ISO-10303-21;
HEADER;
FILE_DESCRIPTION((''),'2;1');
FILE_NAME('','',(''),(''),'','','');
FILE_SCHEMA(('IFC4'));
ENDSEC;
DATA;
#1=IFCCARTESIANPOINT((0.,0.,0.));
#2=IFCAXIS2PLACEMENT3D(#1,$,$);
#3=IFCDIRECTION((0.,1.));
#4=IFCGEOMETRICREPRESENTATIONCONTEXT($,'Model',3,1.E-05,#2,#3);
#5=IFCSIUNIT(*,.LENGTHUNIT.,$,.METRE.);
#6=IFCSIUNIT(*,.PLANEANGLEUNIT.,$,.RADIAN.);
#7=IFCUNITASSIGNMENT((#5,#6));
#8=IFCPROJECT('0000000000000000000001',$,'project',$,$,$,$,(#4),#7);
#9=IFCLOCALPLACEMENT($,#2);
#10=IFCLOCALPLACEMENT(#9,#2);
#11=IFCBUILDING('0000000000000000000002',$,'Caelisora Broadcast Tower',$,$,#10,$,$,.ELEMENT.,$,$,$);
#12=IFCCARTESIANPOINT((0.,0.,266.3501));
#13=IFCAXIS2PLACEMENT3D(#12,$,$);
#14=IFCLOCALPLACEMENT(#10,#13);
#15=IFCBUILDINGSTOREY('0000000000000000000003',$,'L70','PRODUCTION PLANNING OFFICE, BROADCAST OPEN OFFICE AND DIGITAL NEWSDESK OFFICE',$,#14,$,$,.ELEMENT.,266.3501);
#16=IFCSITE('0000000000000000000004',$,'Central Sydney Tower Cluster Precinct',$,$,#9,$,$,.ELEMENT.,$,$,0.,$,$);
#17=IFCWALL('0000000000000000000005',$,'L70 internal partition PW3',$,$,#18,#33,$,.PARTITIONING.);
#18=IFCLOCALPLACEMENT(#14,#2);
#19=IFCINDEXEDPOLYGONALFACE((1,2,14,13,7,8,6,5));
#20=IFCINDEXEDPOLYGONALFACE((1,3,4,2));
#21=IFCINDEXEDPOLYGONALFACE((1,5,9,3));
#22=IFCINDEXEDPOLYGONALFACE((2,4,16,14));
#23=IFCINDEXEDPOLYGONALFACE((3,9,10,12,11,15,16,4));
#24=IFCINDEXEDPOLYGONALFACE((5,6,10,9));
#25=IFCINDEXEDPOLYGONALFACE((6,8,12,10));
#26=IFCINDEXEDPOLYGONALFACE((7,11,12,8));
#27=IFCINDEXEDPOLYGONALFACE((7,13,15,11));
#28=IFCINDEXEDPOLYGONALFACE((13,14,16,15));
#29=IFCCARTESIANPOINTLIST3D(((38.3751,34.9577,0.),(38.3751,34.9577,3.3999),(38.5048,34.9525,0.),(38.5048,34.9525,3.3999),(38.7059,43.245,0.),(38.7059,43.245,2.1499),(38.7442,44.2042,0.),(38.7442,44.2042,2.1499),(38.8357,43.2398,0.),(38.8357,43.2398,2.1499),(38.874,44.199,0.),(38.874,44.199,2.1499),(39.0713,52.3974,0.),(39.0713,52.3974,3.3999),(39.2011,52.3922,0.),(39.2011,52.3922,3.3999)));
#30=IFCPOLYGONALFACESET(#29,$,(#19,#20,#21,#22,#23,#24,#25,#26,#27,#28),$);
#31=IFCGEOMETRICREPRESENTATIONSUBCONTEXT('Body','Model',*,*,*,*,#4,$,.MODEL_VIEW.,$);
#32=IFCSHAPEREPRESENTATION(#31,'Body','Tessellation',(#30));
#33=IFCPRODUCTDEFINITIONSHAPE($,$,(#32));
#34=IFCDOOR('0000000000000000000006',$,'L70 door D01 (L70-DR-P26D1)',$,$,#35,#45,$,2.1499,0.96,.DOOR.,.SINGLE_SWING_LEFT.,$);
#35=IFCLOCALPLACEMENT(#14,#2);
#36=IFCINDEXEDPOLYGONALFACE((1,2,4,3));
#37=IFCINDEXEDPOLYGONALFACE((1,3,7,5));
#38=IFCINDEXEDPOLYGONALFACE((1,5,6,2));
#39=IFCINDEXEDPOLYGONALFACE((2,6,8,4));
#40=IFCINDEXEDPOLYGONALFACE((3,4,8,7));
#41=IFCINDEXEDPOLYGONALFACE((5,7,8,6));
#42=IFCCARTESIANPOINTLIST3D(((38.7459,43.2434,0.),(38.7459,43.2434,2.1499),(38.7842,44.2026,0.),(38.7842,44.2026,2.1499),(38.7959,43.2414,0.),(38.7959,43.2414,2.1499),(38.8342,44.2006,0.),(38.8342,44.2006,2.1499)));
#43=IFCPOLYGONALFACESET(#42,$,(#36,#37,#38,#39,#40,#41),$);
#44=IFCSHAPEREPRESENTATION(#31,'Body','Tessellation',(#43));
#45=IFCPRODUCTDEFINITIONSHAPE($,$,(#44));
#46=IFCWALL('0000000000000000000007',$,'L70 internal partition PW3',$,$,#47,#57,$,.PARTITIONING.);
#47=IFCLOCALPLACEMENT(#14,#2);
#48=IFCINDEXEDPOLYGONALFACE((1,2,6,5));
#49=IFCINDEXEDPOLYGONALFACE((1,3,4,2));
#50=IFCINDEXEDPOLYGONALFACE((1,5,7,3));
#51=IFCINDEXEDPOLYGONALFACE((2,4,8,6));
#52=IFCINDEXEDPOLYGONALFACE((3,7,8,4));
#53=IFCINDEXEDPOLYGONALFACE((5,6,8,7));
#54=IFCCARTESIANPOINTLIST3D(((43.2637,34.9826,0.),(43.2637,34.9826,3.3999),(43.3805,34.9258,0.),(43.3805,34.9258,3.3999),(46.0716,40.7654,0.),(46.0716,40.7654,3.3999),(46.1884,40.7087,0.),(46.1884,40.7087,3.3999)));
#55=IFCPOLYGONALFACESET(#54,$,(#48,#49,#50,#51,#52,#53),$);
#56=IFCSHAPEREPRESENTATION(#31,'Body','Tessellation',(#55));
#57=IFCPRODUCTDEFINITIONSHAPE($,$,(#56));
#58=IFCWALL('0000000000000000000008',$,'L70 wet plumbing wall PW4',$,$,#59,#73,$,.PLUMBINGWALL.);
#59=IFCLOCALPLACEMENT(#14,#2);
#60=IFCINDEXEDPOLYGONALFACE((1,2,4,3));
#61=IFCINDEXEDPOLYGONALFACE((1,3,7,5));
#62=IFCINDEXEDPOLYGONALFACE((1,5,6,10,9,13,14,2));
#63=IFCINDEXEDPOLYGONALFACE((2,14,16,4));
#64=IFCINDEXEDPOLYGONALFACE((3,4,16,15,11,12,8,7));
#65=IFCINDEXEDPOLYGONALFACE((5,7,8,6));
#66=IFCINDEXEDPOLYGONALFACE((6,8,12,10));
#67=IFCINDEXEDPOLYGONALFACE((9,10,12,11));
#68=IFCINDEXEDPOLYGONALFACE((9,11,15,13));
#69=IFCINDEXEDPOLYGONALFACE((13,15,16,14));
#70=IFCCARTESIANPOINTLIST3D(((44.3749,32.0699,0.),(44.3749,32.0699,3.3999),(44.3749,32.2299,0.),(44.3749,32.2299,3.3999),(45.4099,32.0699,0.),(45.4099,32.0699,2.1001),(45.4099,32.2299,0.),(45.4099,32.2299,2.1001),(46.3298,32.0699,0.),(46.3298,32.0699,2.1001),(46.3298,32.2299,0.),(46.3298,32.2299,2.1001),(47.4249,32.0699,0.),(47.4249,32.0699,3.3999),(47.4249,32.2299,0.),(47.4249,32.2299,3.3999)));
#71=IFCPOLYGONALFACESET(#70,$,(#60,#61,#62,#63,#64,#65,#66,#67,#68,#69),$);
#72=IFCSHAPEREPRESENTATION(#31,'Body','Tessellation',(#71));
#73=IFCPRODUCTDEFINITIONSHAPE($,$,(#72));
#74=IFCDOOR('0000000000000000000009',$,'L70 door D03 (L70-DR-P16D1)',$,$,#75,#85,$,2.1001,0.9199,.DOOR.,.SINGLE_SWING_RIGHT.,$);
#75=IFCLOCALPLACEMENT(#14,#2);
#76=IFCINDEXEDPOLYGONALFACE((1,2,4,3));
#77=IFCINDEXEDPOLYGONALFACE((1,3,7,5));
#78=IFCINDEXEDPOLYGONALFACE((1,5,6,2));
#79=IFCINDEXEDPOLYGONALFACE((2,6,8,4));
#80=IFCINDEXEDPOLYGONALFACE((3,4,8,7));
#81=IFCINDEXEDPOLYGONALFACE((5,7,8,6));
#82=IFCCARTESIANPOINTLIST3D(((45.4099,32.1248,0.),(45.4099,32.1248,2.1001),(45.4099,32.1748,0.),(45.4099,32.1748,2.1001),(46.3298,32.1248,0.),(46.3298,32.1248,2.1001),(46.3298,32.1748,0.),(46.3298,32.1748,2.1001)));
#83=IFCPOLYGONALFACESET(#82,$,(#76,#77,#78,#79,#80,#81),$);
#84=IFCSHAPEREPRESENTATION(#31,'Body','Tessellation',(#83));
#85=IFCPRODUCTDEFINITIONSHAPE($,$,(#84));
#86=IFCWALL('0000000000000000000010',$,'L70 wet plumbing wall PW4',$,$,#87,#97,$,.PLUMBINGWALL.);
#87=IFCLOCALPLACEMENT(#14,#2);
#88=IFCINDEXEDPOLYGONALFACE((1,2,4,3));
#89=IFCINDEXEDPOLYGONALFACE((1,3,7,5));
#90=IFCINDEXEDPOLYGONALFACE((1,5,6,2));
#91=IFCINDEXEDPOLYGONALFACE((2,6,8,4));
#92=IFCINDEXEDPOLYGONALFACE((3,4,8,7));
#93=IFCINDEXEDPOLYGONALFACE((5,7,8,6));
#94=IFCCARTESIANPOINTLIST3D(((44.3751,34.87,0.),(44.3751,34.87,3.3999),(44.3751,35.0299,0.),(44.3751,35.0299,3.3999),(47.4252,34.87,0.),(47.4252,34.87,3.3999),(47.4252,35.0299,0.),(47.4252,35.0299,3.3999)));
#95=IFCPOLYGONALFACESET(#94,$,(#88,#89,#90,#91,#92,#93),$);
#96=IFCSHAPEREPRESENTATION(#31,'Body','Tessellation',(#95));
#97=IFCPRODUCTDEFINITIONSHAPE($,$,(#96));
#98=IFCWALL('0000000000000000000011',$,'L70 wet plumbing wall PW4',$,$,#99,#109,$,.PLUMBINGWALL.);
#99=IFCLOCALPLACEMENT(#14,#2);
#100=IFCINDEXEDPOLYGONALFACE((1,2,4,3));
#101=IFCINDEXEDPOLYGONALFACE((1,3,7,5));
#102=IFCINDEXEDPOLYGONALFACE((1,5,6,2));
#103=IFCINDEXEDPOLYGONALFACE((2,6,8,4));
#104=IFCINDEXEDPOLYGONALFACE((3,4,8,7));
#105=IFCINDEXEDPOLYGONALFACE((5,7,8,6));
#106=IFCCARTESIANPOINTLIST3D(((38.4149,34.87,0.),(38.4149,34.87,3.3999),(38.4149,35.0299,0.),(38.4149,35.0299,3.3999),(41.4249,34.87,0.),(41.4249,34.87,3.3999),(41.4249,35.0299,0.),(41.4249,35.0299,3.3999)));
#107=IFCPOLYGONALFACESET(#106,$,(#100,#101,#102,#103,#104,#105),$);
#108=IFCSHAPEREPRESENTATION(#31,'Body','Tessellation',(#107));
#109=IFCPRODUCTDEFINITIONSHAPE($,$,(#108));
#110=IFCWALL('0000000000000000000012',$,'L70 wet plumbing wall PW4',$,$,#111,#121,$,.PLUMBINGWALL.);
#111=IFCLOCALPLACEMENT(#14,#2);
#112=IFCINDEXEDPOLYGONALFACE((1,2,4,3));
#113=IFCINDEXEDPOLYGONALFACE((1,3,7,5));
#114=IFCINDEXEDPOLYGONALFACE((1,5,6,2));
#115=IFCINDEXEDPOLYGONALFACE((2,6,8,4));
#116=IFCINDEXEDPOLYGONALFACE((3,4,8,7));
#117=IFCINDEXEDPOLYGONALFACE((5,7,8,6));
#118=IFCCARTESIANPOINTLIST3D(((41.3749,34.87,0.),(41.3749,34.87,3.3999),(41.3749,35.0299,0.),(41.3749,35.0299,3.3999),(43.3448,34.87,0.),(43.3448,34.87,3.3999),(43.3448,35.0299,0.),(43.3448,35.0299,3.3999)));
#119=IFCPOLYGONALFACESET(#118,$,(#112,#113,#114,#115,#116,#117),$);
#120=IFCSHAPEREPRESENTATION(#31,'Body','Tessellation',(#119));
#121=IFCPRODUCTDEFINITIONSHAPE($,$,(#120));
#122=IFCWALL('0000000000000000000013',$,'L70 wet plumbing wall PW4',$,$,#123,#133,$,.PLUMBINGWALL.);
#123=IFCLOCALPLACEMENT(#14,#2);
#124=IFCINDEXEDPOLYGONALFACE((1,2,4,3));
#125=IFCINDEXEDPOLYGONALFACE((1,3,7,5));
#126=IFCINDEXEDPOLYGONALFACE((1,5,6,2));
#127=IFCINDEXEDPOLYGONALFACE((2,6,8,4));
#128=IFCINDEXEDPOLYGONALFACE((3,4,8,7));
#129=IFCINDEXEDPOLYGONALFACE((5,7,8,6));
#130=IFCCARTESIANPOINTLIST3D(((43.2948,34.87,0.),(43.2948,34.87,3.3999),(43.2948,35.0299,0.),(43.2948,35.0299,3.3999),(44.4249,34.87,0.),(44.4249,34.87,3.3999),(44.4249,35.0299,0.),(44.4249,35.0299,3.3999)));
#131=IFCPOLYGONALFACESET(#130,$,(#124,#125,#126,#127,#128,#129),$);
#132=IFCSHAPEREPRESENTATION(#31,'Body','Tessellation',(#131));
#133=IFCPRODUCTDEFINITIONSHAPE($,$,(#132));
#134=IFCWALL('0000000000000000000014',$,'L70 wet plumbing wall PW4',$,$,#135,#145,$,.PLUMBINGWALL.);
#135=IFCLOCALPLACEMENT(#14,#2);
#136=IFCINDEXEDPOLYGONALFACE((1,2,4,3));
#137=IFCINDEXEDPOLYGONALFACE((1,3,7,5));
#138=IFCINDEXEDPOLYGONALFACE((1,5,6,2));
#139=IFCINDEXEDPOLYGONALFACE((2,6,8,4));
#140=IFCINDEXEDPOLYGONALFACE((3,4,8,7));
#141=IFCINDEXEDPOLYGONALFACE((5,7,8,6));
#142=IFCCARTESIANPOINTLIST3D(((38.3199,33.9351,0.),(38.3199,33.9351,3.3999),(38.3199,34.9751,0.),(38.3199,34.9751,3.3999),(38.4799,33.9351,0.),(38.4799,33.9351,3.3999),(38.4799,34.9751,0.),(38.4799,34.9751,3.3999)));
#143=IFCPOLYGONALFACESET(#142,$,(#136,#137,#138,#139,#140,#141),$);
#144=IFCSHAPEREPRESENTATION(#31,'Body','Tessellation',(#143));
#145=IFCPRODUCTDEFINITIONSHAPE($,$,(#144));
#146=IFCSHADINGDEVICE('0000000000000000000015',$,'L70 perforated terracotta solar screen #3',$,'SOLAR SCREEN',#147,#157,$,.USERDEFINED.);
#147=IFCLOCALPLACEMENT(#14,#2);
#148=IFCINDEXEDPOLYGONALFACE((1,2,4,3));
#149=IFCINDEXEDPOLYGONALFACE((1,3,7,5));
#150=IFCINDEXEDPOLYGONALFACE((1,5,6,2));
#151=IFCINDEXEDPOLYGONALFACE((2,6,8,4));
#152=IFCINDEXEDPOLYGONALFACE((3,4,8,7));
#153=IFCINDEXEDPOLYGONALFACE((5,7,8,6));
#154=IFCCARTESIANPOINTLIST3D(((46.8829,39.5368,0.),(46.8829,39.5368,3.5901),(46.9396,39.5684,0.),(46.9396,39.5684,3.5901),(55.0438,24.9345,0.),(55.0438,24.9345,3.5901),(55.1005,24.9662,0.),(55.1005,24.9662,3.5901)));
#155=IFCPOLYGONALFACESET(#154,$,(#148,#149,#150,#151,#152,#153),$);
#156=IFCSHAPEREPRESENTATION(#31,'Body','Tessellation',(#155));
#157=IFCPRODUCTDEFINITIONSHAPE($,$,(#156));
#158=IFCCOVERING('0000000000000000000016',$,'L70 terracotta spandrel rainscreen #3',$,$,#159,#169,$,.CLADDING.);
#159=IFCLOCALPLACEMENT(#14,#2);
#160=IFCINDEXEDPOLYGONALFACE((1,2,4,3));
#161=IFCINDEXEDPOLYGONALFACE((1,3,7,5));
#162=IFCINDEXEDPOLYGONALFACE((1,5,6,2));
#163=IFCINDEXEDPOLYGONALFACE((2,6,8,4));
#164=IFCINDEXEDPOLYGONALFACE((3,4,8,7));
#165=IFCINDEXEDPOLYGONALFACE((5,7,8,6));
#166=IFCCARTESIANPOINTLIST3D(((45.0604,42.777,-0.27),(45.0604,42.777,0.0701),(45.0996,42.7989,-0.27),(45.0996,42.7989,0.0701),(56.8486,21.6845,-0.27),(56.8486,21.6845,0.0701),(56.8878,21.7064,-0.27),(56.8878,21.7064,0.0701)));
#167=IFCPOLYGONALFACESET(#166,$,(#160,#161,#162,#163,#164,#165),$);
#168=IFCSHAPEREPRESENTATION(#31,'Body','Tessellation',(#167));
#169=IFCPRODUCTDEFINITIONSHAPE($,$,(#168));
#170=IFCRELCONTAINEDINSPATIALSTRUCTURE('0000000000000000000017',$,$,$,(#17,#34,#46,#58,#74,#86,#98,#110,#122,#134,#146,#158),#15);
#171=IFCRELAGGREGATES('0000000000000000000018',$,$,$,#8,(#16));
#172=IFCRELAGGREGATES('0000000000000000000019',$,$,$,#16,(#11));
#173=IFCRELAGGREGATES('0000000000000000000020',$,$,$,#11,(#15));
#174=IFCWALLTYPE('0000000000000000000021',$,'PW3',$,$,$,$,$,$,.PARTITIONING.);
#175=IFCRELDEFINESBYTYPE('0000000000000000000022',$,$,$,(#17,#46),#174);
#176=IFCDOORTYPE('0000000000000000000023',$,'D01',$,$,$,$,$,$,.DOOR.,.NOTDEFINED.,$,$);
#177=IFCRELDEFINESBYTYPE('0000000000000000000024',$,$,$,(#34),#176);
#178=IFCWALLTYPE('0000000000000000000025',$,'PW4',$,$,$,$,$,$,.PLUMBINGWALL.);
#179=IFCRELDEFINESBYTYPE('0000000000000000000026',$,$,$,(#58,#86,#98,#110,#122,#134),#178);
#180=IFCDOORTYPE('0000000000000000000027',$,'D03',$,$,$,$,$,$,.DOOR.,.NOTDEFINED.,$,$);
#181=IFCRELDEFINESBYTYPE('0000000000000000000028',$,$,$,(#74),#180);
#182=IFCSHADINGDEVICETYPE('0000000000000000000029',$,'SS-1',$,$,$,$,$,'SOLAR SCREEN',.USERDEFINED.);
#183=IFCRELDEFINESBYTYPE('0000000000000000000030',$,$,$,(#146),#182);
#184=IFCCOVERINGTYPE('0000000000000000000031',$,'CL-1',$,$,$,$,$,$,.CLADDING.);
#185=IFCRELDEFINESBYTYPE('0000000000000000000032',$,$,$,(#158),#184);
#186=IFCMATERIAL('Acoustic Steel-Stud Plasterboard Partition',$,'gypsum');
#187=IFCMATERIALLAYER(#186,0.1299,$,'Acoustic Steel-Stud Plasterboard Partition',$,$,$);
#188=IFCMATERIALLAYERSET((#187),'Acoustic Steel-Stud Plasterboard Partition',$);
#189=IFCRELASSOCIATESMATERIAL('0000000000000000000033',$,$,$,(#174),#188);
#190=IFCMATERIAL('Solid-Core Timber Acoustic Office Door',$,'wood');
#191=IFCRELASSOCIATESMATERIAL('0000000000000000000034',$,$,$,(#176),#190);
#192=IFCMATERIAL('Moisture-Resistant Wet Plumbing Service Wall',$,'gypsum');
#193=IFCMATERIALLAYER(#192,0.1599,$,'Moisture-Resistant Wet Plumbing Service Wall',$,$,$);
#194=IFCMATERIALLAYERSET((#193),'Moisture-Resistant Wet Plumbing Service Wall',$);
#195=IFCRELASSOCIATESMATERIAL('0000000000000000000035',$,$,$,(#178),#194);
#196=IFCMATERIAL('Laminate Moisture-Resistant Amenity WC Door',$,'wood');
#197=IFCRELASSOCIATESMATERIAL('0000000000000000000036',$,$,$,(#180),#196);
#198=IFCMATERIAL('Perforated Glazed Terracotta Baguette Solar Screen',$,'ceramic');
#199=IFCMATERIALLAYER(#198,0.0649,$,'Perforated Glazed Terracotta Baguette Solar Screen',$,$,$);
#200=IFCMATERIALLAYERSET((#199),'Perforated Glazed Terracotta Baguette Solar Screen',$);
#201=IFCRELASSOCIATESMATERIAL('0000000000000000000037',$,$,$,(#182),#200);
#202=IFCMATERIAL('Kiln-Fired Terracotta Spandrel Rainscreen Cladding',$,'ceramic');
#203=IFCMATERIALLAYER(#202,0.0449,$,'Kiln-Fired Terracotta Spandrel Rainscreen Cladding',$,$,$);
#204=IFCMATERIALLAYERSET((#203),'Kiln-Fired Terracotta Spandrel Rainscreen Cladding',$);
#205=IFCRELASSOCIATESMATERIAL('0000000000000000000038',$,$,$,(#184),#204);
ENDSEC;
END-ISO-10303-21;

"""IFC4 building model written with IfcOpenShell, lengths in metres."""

from ifc_helpers import new_model, si_unit, direction, frame, frame_2d, origin, origin_2d, place, context, subcontext, project, spatial, rectangle, extrude, source, transform, mapped, material, layer, layer_set, type_object, type_shapes, element, fill, save


model = new_model("IFC4")

# Units and contexts
model_context = context("Model", 3, precision=1e-05, world=origin(), true_north=direction((0.0, 1.0)))
body_context = subcontext(model_context, "Body", "Model", "MODEL_VIEW")
ifc_project = project(units=[si_unit("LENGTHUNIT", "METRE"), si_unit("PLANEANGLEUNIT", "RADIAN")], contexts=[model_context])

# Site, building, storey
site_placement = place(None, origin())
site = spatial("IfcSite", under=ifc_project, at=site_placement, Name="Central Sydney Tower Cluster Precinct", CompositionType="ELEMENT", RefElevation=0.0)
building_placement = place(site_placement, origin())
building = spatial("IfcBuilding", under=site, at=building_placement, Name="Caelisora Broadcast Tower", CompositionType="ELEMENT")
storey_placement = place(building_placement, frame((0.0, 0.0, 266.3501)))
storey = spatial("IfcBuildingStorey", under=building, at=storey_placement, Name="L70", Description="PRODUCTION PLANNING OFFICE, BROADCAST OPEN OFFICE AND DIGITAL NEWSDESK OFFICE", CompositionType="ELEMENT", Elevation=266.3501)

# Wall, opening, door
ifc_material_1 = material(Name="Acoustic Steel-Stud Plasterboard Partition", Category="gypsum")
ifc_layer_1 = layer(ifc_material_1, 0.1299, Name="Acoustic Steel-Stud Plasterboard Partition")
ifc_layer_set_1 = layer_set([ifc_layer_1], Name="Acoustic Steel-Stud Plasterboard Partition")
wall_type_1 = type_object("IfcWallType", Name="PW3", PredefinedType="PARTITIONING", material=ifc_layer_set_1)
wall_1_placement = place(storey_placement, frame((38.4399, 34.9551, 0.0), z_axis=(0.0, 0.0, 1.0), x_axis=(0.039894, 0.999204, 0.0)))
wall_1 = element("IfcWall", 1, at=wall_1_placement, inside=storey, type_object=wall_type_1, Name="L70 internal partition PW3", PredefinedType="PARTITIONING", context=body_context, shape_type="SweptSolid", body=[
    extrude(rectangle(XDim=17.4536, YDim=0.1299, at=frame_2d((8.7268, 0.0))), origin(), (0.0, 0.0, 1.0), 3.3999),
])
opening_1_placement = place(wall_1_placement, frame((8.2939, 0.0, 0.0)))
opening_1 = element("IfcOpeningElement", 2, at=opening_1_placement, cuts=wall_1, PredefinedType="OPENING", context=body_context, shape_type="SweptSolid", body=[
    extrude(rectangle(XDim=0.96, YDim=2.1499, at=frame_2d((0.48, 1.075))), frame((0.0, 0.0769, 0.0), z_axis=(0.0, -1.0, 0.0), x_axis=(1.0, 0.0, 0.0)), (0.0, 0.0, 1.0), 0.1538),
])
ifc_material_2 = material(Name="Solid-Core Timber Acoustic Office Door", Category="wood")
door_type_1 = type_object("IfcDoorType", Name="D01", OperationType="NOTDEFINED", PredefinedType="DOOR", material=ifc_material_2)
door_1_placement = place(opening_1_placement, origin())
door_1 = element("IfcDoor", 3, at=door_1_placement, inside=storey, type_object=door_type_1, Name="L70 door D01 (L70-DR-P26D1)", OperationType="SINGLE_SWING_LEFT", OverallHeight=2.1499, OverallWidth=0.96, PredefinedType="DOOR", context=body_context, shape_type="SweptSolid", body=[
    extrude(rectangle(XDim=0.96, YDim=2.1499, at=frame_2d((0.48, 1.075))), frame((0.0, 0.0249, 0.0), z_axis=(0.0, -1.0, 0.0), x_axis=(1.0, 0.0, 0.0)), (0.0, 0.0, 1.0), 0.05),
])
fill(opening_1, door_1)

# Wall
wall_2_placement = place(storey_placement, frame((43.322, 34.9541, 0.0), z_axis=(0.0, 0.0, 1.0), x_axis=(0.436792, 0.899562, 0.0)))
element("IfcWall", 4, at=wall_2_placement, inside=storey, type_object=wall_type_1, Name="L70 internal partition PW3", PredefinedType="PARTITIONING", context=body_context, shape_type="SweptSolid", body=[
    extrude(rectangle(XDim=6.4285, YDim=0.1299, at=frame_2d((3.2144, 0.0))), origin(), (0.0, 0.0, 1.0), 3.3999),
])

# Wall, opening, door
ifc_material_3 = material(Name="Moisture-Resistant Wet Plumbing Service Wall", Category="gypsum")
ifc_layer_2 = layer(ifc_material_3, 0.1599, Name="Moisture-Resistant Wet Plumbing Service Wall")
ifc_layer_set_2 = layer_set([ifc_layer_2], Name="Moisture-Resistant Wet Plumbing Service Wall")
wall_type_2 = type_object("IfcWallType", Name="PW4", PredefinedType="PLUMBINGWALL", material=ifc_layer_set_2)
wall_3_placement = place(storey_placement, frame((44.375, 32.1499, 0.0), z_axis=(0.0, 0.0, 1.0), x_axis=(1.0, 0.0, 0.0)))
wall_3 = element("IfcWall", 5, at=wall_3_placement, inside=storey, type_object=wall_type_2, Name="L70 wet plumbing wall PW4", PredefinedType="PLUMBINGWALL", context=body_context, shape_type="SweptSolid", body=[
    extrude(rectangle(XDim=3.05, YDim=0.1599, at=frame_2d((1.5249, 0.0))), origin(), (0.0, 0.0, 1.0), 3.3999),
])
opening_2_placement = place(wall_3_placement, frame((1.0349, 0.0, 0.0)))
opening_2 = element("IfcOpeningElement", 6, at=opening_2_placement, cuts=wall_3, PredefinedType="OPENING", context=body_context, shape_type="SweptSolid", body=[
    extrude(rectangle(XDim=0.9199, YDim=2.1001, at=frame_2d((0.46, 1.05))), frame((0.0, 0.092, 0.0), z_axis=(0.0, -1.0, 0.0), x_axis=(1.0, 0.0, 0.0)), (0.0, 0.0, 1.0), 0.1838),
])
ifc_material_4 = material(Name="Laminate Moisture-Resistant Amenity WC Door", Category="wood")
door_type_2 = type_object("IfcDoorType", Name="D03", OperationType="NOTDEFINED", PredefinedType="DOOR", material=ifc_material_4)
door_2_placement = place(opening_2_placement, origin())
door_2 = element("IfcDoor", 7, at=door_2_placement, inside=storey, type_object=door_type_2, Name="L70 door D03 (L70-DR-P16D1)", OperationType="SINGLE_SWING_RIGHT", OverallHeight=2.1001, OverallWidth=0.9199, PredefinedType="DOOR", context=body_context, shape_type="SweptSolid", body=[
    extrude(rectangle(XDim=0.9199, YDim=2.1001, at=frame_2d((0.46, 1.05))), frame((0.0, 0.0249, 0.0), z_axis=(0.0, -1.0, 0.0), x_axis=(1.0, 0.0, 0.0)), (0.0, 0.0, 1.0), 0.05),
])
fill(opening_2, door_2)

# Walls
wall_4_placement = place(storey_placement, frame((47.425, 34.95, 0.0), z_axis=(0.0, 0.0, 1.0), x_axis=(-1.0, 0.0, 0.0)))
element("IfcWall", 8, at=wall_4_placement, inside=storey, type_object=wall_type_2, Name="L70 wet plumbing wall PW4", PredefinedType="PLUMBINGWALL", context=body_context, shape_type="SweptSolid", body=[
    extrude(rectangle(XDim=3.05, YDim=0.1599, at=frame_2d((1.5249, 0.0))), origin(), (0.0, 0.0, 1.0), 3.3999),
])
wall_5_placement = place(storey_placement, frame((38.415, 34.95, 0.0), z_axis=(0.0, 0.0, 1.0), x_axis=(1.0, 0.0, 0.0)))
element("IfcWall", 9, at=wall_5_placement, inside=storey, type_object=wall_type_2, Name="L70 wet plumbing wall PW4", PredefinedType="PLUMBINGWALL", context=body_context, shape_type="SweptSolid", body=[
    extrude(rectangle(XDim=3.01, YDim=0.1599, at=frame_2d((1.5049, 0.0))), origin(), (0.0, 0.0, 1.0), 3.3999),
])
wall_6_placement = place(storey_placement, frame((41.375, 34.95, 0.0), z_axis=(0.0, 0.0, 1.0), x_axis=(1.0, 0.0, 0.0)))
element("IfcWall", 10, at=wall_6_placement, inside=storey, type_object=wall_type_2, Name="L70 wet plumbing wall PW4", PredefinedType="PLUMBINGWALL", context=body_context, shape_type="SweptSolid", body=[
    extrude(rectangle(XDim=1.97, YDim=0.1599, at=frame_2d((0.9849, 0.0))), origin(), (0.0, 0.0, 1.0), 3.3999),
])
wall_7_placement = place(storey_placement, frame((43.2949, 34.95, 0.0), z_axis=(0.0, 0.0, 1.0), x_axis=(1.0, 0.0, 0.0)))
element("IfcWall", 11, at=wall_7_placement, inside=storey, type_object=wall_type_2, Name="L70 wet plumbing wall PW4", PredefinedType="PLUMBINGWALL", context=body_context, shape_type="SweptSolid", body=[
    extrude(rectangle(XDim=1.1301, YDim=0.1599, at=frame_2d((0.5649, 0.0))), origin(), (0.0, 0.0, 1.0), 3.3999),
])
wall_8_placement = place(storey_placement, frame((38.3999, 33.9351, 0.0), z_axis=(0.0, 0.0, 1.0), x_axis=(0.0, 1.0, 0.0)))
element("IfcWall", 12, at=wall_8_placement, inside=storey, type_object=wall_type_2, Name="L70 wet plumbing wall PW4", PredefinedType="PLUMBINGWALL", context=body_context, shape_type="SweptSolid", body=[
    extrude(rectangle(XDim=1.04, YDim=0.1599, at=frame_2d((0.52, 0.0))), origin(), (0.0, 0.0, 1.0), 3.3999),
])

# Shading device
ifc_material_5 = material(Name="Perforated Glazed Terracotta Baguette Solar Screen", Category="ceramic")
ifc_layer_3 = layer(ifc_material_5, 0.0649, Name="Perforated Glazed Terracotta Baguette Solar Screen")
ifc_layer_set_3 = layer_set([ifc_layer_3], Name="Perforated Glazed Terracotta Baguette Solar Screen")
shading_device_type = type_object("IfcShadingDeviceType", Name="SS-1", ElementType="SOLAR SCREEN", PredefinedType="USERDEFINED", material=ifc_layer_set_3)
shared_shape_1 = source(origin(), body_context, "Body", "SweptSolid", [
    extrude(rectangle(XDim=16.728, YDim=0.0649, at=origin_2d()), origin(), (0.0, 0.0, 1.0), 3.5901),
])
type_shapes(shading_device_type, [shared_shape_1])
shading_device_placement = place(storey_placement, frame((50.9917, 32.2515, 0.0), z_axis=(0.0, 0.0, 1.0), x_axis=(-0.48786, 0.872922, 0.0)))
element("IfcShadingDevice", 13, at=shading_device_placement, inside=storey, type_object=shading_device_type, Name="L70 perforated terracotta solar screen #3", ObjectType="SOLAR SCREEN", PredefinedType="USERDEFINED", context=body_context, shape_type="MappedRepresentation", body=[
    mapped(shared_shape_1, transform((0.0, 0.0, 0.0), scale=1.0)),
])

# Covering
ifc_material_6 = material(Name="Kiln-Fired Terracotta Spandrel Rainscreen Cladding", Category="ceramic")
ifc_layer_4 = layer(ifc_material_6, 0.0449, Name="Kiln-Fired Terracotta Spandrel Rainscreen Cladding")
ifc_layer_set_4 = layer_set([ifc_layer_4], Name="Kiln-Fired Terracotta Spandrel Rainscreen Cladding")
covering_type = type_object("IfcCoveringType", Name="CL-1", PredefinedType="CLADDING", material=ifc_layer_set_4)
shared_shape_2 = source(origin(), body_context, "Body", "SweptSolid", [
    extrude(rectangle(XDim=24.1631, YDim=0.0449, at=origin_2d()), origin(), (0.0, 0.0, 1.0), 0.3401),
])
type_shapes(covering_type, [shared_shape_2])
covering_placement = place(storey_placement, frame((50.9741, 32.2417, -0.27), z_axis=(0.0, 0.0, 1.0), x_axis=(-0.48786, 0.872922, 0.0)))
element("IfcCovering", 14, at=covering_placement, inside=storey, type_object=covering_type, Name="L70 terracotta spandrel rainscreen #3", PredefinedType="CLADDING", context=body_context, shape_type="MappedRepresentation", body=[
    mapped(shared_shape_2, transform((0.0, 0.0, 0.0), scale=1.0)),
])

save(model, "model.ifc")
